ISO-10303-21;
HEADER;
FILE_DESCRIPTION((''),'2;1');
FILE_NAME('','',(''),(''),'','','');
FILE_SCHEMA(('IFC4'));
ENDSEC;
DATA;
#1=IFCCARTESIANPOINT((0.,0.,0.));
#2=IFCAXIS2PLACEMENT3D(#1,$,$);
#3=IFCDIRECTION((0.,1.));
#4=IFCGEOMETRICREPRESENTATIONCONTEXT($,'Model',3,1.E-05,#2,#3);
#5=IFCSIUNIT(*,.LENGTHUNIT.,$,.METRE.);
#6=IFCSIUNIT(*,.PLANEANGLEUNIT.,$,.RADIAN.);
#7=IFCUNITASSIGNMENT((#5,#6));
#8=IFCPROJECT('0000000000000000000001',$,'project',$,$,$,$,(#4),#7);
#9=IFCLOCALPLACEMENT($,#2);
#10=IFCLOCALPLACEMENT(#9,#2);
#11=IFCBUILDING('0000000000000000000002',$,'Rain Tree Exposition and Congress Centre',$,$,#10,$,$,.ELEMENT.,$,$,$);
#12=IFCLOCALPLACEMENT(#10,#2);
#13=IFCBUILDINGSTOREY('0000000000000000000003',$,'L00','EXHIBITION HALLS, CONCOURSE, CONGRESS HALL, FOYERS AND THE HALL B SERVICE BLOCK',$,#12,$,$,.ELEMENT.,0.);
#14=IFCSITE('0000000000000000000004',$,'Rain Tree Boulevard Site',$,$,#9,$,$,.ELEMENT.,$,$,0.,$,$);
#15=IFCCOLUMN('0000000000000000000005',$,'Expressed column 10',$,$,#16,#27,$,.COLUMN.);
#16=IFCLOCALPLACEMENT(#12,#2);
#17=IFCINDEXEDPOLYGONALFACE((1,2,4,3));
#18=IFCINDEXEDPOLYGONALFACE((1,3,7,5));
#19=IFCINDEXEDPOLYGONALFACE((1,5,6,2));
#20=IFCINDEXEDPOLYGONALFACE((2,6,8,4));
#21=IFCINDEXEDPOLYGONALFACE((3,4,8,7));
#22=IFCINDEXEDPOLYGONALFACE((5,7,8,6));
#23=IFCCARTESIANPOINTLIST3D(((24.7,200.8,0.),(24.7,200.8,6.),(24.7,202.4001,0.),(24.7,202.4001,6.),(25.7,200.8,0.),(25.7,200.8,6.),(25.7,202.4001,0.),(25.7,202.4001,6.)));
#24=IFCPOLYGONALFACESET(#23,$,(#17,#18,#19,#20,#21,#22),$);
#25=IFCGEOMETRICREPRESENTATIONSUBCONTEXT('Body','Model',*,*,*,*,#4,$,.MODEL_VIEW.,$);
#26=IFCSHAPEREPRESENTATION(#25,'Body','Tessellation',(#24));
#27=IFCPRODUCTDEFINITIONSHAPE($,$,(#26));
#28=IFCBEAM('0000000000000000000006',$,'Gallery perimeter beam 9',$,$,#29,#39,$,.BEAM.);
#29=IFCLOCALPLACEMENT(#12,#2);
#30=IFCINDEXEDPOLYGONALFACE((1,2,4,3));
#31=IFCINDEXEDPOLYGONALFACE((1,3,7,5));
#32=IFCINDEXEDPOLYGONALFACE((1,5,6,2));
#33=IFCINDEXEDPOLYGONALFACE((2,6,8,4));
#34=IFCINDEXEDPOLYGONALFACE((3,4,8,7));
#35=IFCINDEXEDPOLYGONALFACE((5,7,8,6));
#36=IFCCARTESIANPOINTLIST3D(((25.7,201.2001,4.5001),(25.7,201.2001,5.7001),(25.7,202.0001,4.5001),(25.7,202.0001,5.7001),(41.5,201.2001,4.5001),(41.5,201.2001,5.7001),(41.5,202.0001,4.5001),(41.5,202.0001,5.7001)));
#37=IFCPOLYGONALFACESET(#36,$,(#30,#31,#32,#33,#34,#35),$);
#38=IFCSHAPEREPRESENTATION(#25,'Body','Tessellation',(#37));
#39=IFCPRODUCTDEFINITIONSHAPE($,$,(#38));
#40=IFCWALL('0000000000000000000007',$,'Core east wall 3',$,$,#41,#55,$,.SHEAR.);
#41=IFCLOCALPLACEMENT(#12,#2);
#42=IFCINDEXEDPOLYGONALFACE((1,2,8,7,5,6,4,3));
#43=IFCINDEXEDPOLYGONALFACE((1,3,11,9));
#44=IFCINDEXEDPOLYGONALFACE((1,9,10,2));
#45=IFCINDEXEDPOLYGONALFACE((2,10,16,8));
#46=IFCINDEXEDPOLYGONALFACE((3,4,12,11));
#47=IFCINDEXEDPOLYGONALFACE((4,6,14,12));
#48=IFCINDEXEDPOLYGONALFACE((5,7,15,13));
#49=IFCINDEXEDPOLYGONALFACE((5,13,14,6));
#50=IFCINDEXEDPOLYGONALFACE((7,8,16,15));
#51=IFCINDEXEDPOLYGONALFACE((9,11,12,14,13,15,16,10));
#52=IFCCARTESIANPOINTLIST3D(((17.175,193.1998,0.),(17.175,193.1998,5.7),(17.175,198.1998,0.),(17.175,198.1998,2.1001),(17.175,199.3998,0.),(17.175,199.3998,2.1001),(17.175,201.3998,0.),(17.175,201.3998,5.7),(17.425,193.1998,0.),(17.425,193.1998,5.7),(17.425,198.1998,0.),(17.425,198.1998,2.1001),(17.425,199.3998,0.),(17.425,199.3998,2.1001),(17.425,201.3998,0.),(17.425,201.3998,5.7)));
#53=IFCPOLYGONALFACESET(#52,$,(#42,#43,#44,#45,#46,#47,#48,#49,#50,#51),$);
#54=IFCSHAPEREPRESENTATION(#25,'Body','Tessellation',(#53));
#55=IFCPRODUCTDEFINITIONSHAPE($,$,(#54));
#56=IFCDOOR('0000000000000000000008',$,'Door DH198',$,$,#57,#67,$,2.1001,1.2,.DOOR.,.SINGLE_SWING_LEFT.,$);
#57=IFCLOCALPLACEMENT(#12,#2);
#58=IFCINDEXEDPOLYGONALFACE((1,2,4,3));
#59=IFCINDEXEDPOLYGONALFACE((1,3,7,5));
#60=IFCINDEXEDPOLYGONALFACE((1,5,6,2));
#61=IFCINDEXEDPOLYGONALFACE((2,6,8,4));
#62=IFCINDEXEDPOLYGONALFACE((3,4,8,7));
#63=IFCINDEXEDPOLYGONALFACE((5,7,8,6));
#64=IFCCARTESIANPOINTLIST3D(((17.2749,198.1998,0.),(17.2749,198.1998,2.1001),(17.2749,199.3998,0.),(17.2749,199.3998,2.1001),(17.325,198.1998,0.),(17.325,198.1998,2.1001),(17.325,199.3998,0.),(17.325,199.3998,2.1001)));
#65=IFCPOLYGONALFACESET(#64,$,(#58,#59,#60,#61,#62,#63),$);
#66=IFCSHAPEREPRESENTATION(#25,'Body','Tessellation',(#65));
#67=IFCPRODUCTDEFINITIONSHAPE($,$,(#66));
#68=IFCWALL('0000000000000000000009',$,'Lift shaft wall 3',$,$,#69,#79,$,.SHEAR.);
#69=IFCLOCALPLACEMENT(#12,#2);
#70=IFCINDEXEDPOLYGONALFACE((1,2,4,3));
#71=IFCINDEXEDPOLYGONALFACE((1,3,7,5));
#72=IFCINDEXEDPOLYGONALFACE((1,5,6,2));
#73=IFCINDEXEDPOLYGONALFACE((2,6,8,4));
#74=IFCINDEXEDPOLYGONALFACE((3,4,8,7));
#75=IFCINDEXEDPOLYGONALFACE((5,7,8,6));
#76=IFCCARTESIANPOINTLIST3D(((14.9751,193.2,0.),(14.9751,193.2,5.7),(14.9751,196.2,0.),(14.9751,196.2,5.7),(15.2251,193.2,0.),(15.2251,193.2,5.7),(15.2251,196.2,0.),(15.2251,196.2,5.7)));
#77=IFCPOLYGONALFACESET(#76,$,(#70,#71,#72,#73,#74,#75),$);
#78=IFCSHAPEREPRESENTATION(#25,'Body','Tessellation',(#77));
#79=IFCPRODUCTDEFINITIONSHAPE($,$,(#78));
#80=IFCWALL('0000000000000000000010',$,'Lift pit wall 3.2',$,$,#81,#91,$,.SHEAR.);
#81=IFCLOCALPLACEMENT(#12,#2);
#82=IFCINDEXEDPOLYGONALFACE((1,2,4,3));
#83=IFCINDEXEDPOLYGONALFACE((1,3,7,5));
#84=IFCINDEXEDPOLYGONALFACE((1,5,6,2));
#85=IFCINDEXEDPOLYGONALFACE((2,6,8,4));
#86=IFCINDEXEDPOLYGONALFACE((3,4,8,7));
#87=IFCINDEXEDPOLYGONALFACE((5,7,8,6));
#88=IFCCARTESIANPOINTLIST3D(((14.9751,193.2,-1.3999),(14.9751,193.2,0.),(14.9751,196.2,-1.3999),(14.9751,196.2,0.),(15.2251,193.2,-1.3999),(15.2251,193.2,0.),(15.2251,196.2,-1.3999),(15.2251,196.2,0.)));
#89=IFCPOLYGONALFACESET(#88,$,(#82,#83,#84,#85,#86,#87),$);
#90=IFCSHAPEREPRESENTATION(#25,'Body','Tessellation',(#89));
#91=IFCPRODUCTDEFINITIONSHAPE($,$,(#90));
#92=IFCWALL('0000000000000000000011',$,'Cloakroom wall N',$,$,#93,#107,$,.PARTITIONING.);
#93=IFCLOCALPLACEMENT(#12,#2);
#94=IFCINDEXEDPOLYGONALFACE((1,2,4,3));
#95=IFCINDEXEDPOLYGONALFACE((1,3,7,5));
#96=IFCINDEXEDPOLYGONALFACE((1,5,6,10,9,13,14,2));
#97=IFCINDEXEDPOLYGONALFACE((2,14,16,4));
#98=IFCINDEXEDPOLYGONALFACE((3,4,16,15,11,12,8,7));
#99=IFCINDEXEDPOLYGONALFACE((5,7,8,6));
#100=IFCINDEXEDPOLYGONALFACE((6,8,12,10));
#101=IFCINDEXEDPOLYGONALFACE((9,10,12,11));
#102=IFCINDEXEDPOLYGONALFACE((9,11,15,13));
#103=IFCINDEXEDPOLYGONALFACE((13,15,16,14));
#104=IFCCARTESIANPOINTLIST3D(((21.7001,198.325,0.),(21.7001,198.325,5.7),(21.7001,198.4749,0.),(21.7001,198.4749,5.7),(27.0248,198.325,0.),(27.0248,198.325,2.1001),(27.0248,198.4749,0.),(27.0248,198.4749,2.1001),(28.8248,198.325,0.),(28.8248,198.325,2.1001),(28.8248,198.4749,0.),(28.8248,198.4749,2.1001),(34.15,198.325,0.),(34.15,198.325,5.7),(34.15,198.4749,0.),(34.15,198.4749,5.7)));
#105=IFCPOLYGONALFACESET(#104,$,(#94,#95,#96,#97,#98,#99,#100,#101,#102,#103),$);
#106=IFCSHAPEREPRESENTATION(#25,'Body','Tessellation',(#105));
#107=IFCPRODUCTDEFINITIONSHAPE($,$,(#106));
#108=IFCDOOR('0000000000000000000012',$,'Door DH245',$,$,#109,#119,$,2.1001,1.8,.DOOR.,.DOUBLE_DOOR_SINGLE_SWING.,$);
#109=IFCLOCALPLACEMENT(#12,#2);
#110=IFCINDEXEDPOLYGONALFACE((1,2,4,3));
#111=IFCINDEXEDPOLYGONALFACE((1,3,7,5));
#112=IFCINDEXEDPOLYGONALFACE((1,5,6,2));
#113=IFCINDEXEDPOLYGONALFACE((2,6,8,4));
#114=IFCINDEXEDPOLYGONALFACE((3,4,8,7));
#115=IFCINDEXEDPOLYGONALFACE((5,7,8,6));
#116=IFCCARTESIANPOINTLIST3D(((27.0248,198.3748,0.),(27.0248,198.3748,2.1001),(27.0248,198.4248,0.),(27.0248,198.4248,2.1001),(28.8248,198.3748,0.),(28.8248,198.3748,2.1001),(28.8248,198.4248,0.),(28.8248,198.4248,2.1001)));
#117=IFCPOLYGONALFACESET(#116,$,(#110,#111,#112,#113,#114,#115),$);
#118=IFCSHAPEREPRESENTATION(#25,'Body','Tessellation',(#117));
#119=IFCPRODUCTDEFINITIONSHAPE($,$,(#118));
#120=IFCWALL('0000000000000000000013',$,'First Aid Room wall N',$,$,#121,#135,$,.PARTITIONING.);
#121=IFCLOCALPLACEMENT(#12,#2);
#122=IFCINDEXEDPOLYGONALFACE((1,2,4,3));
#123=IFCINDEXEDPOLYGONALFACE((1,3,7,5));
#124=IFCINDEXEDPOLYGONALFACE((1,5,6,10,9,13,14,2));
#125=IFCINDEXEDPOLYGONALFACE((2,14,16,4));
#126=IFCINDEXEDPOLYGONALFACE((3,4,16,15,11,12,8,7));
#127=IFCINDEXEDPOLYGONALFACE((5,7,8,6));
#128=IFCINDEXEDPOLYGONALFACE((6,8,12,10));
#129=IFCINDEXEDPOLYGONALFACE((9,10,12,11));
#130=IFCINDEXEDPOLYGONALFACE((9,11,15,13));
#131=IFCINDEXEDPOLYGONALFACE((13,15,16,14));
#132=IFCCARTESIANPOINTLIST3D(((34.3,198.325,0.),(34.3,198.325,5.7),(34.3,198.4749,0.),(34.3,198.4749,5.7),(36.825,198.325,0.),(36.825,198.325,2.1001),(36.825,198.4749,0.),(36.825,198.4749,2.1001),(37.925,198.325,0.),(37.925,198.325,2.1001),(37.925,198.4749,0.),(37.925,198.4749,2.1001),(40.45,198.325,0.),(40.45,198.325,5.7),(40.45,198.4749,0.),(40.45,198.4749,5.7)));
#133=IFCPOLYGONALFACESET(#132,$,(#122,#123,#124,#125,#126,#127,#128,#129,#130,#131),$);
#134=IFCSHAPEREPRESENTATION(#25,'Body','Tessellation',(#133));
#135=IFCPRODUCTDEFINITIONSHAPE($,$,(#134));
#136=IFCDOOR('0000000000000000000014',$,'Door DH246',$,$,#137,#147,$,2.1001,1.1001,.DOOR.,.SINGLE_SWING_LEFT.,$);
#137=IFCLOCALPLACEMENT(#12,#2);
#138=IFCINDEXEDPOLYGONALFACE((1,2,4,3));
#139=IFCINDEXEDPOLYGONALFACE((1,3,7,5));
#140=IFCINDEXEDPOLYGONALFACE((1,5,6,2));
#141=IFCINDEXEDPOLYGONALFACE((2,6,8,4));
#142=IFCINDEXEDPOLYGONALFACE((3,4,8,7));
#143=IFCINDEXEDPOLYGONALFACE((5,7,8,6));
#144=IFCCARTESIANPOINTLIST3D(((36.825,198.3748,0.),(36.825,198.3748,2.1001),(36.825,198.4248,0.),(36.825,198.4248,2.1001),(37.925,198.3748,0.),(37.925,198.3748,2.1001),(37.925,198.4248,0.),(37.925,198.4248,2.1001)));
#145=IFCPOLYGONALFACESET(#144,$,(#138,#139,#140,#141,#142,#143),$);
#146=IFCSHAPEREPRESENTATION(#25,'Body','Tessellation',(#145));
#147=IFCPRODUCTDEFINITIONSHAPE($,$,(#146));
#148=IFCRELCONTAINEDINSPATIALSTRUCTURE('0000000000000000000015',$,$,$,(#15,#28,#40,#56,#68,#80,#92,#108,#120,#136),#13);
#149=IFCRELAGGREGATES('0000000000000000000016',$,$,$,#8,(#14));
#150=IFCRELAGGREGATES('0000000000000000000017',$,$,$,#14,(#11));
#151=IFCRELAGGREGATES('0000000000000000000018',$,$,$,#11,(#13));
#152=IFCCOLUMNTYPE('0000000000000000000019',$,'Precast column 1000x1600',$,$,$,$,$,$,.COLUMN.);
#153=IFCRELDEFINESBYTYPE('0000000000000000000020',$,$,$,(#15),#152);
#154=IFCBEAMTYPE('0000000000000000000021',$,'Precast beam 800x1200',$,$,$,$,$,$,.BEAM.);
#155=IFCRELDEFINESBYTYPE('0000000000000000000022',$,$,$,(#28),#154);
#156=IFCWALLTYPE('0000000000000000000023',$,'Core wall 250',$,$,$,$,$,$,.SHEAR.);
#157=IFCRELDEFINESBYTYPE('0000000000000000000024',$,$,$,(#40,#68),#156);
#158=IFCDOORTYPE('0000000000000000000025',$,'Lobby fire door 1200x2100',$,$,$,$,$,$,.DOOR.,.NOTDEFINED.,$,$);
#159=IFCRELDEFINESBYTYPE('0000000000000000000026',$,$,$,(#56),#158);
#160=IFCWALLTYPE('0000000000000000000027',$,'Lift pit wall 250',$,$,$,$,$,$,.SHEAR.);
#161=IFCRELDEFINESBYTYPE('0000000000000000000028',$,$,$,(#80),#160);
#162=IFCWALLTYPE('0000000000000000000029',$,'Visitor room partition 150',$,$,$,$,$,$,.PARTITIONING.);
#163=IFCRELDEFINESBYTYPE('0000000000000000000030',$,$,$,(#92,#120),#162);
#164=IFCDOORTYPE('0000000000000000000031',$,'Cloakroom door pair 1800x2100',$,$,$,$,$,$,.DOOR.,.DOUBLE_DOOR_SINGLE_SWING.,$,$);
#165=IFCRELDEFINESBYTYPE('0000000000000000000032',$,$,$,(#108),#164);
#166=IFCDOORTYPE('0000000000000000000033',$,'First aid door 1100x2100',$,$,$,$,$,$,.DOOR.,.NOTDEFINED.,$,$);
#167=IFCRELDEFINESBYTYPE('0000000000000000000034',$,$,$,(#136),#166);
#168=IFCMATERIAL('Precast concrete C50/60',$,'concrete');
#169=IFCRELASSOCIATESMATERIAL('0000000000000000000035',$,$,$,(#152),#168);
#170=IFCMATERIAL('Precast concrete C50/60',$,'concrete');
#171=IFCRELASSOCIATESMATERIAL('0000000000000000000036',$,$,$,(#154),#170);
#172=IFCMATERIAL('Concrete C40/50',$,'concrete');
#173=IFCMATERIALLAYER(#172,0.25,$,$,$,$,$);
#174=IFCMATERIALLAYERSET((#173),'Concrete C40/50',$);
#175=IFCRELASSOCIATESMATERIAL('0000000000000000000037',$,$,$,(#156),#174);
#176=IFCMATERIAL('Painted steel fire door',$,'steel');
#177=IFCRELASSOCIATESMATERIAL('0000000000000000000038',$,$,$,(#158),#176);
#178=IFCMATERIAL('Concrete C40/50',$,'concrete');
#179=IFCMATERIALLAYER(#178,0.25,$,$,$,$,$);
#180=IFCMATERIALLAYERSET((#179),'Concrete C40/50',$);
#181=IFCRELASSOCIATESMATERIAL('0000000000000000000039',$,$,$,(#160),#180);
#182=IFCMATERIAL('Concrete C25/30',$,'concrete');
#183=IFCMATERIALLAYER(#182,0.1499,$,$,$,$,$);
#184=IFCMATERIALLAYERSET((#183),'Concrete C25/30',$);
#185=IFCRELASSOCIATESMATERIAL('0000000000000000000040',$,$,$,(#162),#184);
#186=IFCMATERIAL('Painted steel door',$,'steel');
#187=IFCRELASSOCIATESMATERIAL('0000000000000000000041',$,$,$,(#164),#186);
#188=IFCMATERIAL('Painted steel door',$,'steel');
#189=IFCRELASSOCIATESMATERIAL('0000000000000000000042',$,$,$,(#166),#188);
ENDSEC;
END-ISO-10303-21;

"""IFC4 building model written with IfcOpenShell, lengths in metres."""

from ifc_helpers import new_model, si_unit, direction, frame, frame_2d, origin, origin_2d, place, context, subcontext, project, spatial, rectangle, extrude, material, layer, layer_set, material_profile, profile_set, type_object, element, fill, save


model = new_model("IFC4")

# Units and contexts
model_context = context("Model", 3, precision=1e-05, world=origin(), true_north=direction((0.0, 1.0)))
body_context = subcontext(model_context, "Body", "Model", "MODEL_VIEW")
ifc_project = project(units=[si_unit("LENGTHUNIT", "METRE"), si_unit("PLANEANGLEUNIT", "RADIAN")], contexts=[model_context])

# Site, building, storey
site_placement = place(None, origin())
site = spatial("IfcSite", under=ifc_project, at=site_placement, Name="Rain Tree Boulevard Site", CompositionType="ELEMENT", RefElevation=0.0)
building_placement = place(site_placement, origin())
building = spatial("IfcBuilding", under=site, at=building_placement, Name="Rain Tree Exposition and Congress Centre", CompositionType="ELEMENT")
storey_placement = place(building_placement, origin())
storey = spatial("IfcBuildingStorey", under=building, at=storey_placement, Name="L00", Description="EXHIBITION HALLS, CONCOURSE, CONGRESS HALL, FOYERS AND THE HALL B SERVICE BLOCK", CompositionType="ELEMENT", Elevation=0.0)

# Column
ifc_material_1 = material(Name="Precast concrete C50/60", Category="concrete")
ifc_material_profile_1 = material_profile(ifc_material_1, rectangle(XDim=1.0, YDim=1.6001, at=origin_2d()), Name="RC 1000x1600")
ifc_profile_set_1 = profile_set([ifc_material_profile_1], Name="Precast concrete C50/60")
column_type = type_object("IfcColumnType", Name="Precast column 1000x1600", PredefinedType="COLUMN", material=ifc_profile_set_1)
column_placement = place(storey_placement, frame((25.2, 201.6001, 0.0), z_axis=(0.0, 0.0, 1.0), x_axis=(1.0, 0.0, 0.0)))
element("IfcColumn", 1, at=column_placement, inside=storey, type_object=column_type, Name="Expressed column 10", PredefinedType="COLUMN", context=body_context, shape_type="SweptSolid", body=[
    extrude(rectangle(XDim=1.0, YDim=1.6001, at=origin_2d()), origin(), (0.0, 0.0, 1.0), 6.0),
])

# Beam
ifc_material_2 = material(Name="Precast concrete C50/60", Category="concrete")
ifc_material_profile_2 = material_profile(ifc_material_2, rectangle(XDim=0.8, YDim=1.2, at=origin_2d()), Name="RC 800x1200")
ifc_profile_set_2 = profile_set([ifc_material_profile_2], Name="Precast concrete C50/60")
beam_type = type_object("IfcBeamType", Name="Precast beam 800x1200", PredefinedType="BEAM", material=ifc_profile_set_2)
beam_placement = place(storey_placement, frame((25.7, 201.6001, 5.1001), z_axis=(1.0, 0.0, 0.0), x_axis=(0.0, 1.0, 0.0)))
element("IfcBeam", 2, at=beam_placement, inside=storey, type_object=beam_type, Name="Gallery perimeter beam 9", PredefinedType="BEAM", context=body_context, shape_type="SweptSolid", body=[
    extrude(rectangle(XDim=0.8, YDim=1.2, at=origin_2d()), origin(), (0.0, 0.0, 1.0), 15.8),
])

# Wall, opening, door
ifc_material_3 = material(Name="Concrete C40/50", Category="concrete")
ifc_layer_1 = layer(ifc_material_3, 0.25)
ifc_layer_set_1 = layer_set([ifc_layer_1], Name="Concrete C40/50")
wall_type_1 = type_object("IfcWallType", Name="Core wall 250", PredefinedType="SHEAR", material=ifc_layer_set_1)
wall_1_placement = place(storey_placement, frame((17.3, 201.3999, 0.0), z_axis=(0.0, 0.0, 1.0), x_axis=(0.0, -1.0, 0.0)))
wall_1 = element("IfcWall", 3, at=wall_1_placement, inside=storey, type_object=wall_type_1, Name="Core east wall 3", PredefinedType="SHEAR", context=body_context, shape_type="SweptSolid", body=[
    extrude(rectangle(XDim=8.2, YDim=0.25, at=frame_2d((4.1001, 0.0))), origin(), (0.0, 0.0, 1.0), 5.7),
])
opening_1_placement = place(wall_1_placement, frame((2.0, 0.0, 0.0)))
opening_1 = element("IfcOpeningElement", 4, at=opening_1_placement, cuts=wall_1, PredefinedType="OPENING", context=body_context, shape_type="SweptSolid", body=[
    extrude(rectangle(XDim=1.2, YDim=2.1001, at=frame_2d((0.6001, 1.05))), frame((0.0, 0.125, 0.0), z_axis=(0.0, -1.0, 0.0), x_axis=(1.0, 0.0, 0.0)), (0.0, 0.0, 1.0), 0.25),
])
ifc_material_4 = material(Name="Painted steel fire door", Category="steel")
door_type_1 = type_object("IfcDoorType", Name="Lobby fire door 1200x2100", OperationType="NOTDEFINED", PredefinedType="DOOR", material=ifc_material_4)
door_1_placement = place(opening_1_placement, origin())
door_1 = element("IfcDoor", 5, at=door_1_placement, inside=storey, type_object=door_type_1, Name="Door DH198", OperationType="SINGLE_SWING_LEFT", OverallHeight=2.1001, OverallWidth=1.2, PredefinedType="DOOR", context=body_context, shape_type="SweptSolid", body=[
    extrude(rectangle(XDim=1.2, YDim=2.1001, at=frame_2d((0.6001, 1.05))), frame((0.0, 0.0249, 0.0), z_axis=(0.0, -1.0, 0.0), x_axis=(1.0, 0.0, 0.0)), (0.0, 0.0, 1.0), 0.05),
])
fill(opening_1, door_1)

# Wall
wall_2_placement = place(storey_placement, frame((15.1001, 196.2, 0.0), z_axis=(0.0, 0.0, 1.0), x_axis=(0.0, -1.0, 0.0)))
element("IfcWall", 6, at=wall_2_placement, inside=storey, type_object=wall_type_1, Name="Lift shaft wall 3", PredefinedType="SHEAR", context=body_context, shape_type="SweptSolid", body=[
    extrude(rectangle(XDim=3.0, YDim=0.25, at=frame_2d((1.5, 0.0))), origin(), (0.0, 0.0, 1.0), 5.7),
])

# Wall
ifc_material_5 = material(Name="Concrete C40/50", Category="concrete")
ifc_layer_2 = layer(ifc_material_5, 0.25)
ifc_layer_set_2 = layer_set([ifc_layer_2], Name="Concrete C40/50")
wall_type_2 = type_object("IfcWallType", Name="Lift pit wall 250", PredefinedType="SHEAR", material=ifc_layer_set_2)
wall_3_placement = place(storey_placement, frame((15.1001, 196.2, -1.3999), z_axis=(0.0, 0.0, 1.0), x_axis=(0.0, -1.0, 0.0)))
element("IfcWall", 7, at=wall_3_placement, inside=storey, type_object=wall_type_2, Name="Lift pit wall 3.2", PredefinedType="SHEAR", context=body_context, shape_type="SweptSolid", body=[
    extrude(rectangle(XDim=3.0, YDim=0.25, at=frame_2d((1.5, 0.0))), origin(), (0.0, 0.0, 1.0), 1.3999),
])

# Walls, openings, doors
ifc_material_6 = material(Name="Concrete C25/30", Category="concrete")
ifc_layer_3 = layer(ifc_material_6, 0.1499)
ifc_layer_set_3 = layer_set([ifc_layer_3], Name="Concrete C25/30")
wall_type_3 = type_object("IfcWallType", Name="Visitor room partition 150", PredefinedType="PARTITIONING", material=ifc_layer_set_3)
wall_4_placement = place(storey_placement, frame((21.7, 198.3999, 0.0), z_axis=(0.0, 0.0, 1.0), x_axis=(1.0, 0.0, 0.0)))
wall_4 = element("IfcWall", 8, at=wall_4_placement, inside=storey, type_object=wall_type_3, Name="Cloakroom wall N", PredefinedType="PARTITIONING", context=body_context, shape_type="SweptSolid", body=[
    extrude(rectangle(XDim=12.45, YDim=0.1499, at=frame_2d((6.2251, 0.0))), origin(), (0.0, 0.0, 1.0), 5.7),
])
opening_2_placement = place(wall_4_placement, frame((5.325, 0.0, 0.0)))
opening_2 = element("IfcOpeningElement", 9, at=opening_2_placement, cuts=wall_4, PredefinedType="OPENING", context=body_context, shape_type="SweptSolid", body=[
    extrude(rectangle(XDim=1.8, YDim=2.1001, at=frame_2d((0.8999, 1.05))), frame((0.0, 0.075, 0.0), z_axis=(0.0, -1.0, 0.0), x_axis=(1.0, 0.0, 0.0)), (0.0, 0.0, 1.0), 0.1499),
])
ifc_material_7 = material(Name="Painted steel door", Category="steel")
door_type_2 = type_object("IfcDoorType", Name="Cloakroom door pair 1800x2100", OperationType="DOUBLE_DOOR_SINGLE_SWING", PredefinedType="DOOR", material=ifc_material_7)
door_2_placement = place(opening_2_placement, origin())
door_2 = element("IfcDoor", 10, at=door_2_placement, inside=storey, type_object=door_type_2, Name="Door DH245", OperationType="DOUBLE_DOOR_SINGLE_SWING", OverallHeight=2.1001, OverallWidth=1.8, PredefinedType="DOOR", context=body_context, shape_type="SweptSolid", body=[
    extrude(rectangle(XDim=1.8, YDim=2.1001, at=frame_2d((0.8999, 1.05))), frame((0.0, 0.0249, 0.0), z_axis=(0.0, -1.0, 0.0), x_axis=(1.0, 0.0, 0.0)), (0.0, 0.0, 1.0), 0.05),
])
fill(opening_2, door_2)
wall_5_placement = place(storey_placement, frame((34.3, 198.3999, 0.0), z_axis=(0.0, 0.0, 1.0), x_axis=(1.0, 0.0, 0.0)))
wall_5 = element("IfcWall", 11, at=wall_5_placement, inside=storey, type_object=wall_type_3, Name="First Aid Room wall N", PredefinedType="PARTITIONING", context=body_context, shape_type="SweptSolid", body=[
    extrude(rectangle(XDim=6.1499, YDim=0.1499, at=frame_2d((3.075, 0.0))), origin(), (0.0, 0.0, 1.0), 5.7),
])
opening_3_placement = place(wall_5_placement, frame((2.5249, 0.0, 0.0)))
opening_3 = element("IfcOpeningElement", 12, at=opening_3_placement, cuts=wall_5, PredefinedType="OPENING", context=body_context, shape_type="SweptSolid", body=[
    extrude(rectangle(XDim=1.1001, YDim=2.1001, at=frame_2d((0.55, 1.05))), frame((0.0, 0.075, 0.0), z_axis=(0.0, -1.0, 0.0), x_axis=(1.0, 0.0, 0.0)), (0.0, 0.0, 1.0), 0.1499),
])
ifc_material_8 = material(Name="Painted steel door", Category="steel")
door_type_3 = type_object("IfcDoorType", Name="First aid door 1100x2100", OperationType="NOTDEFINED", PredefinedType="DOOR", material=ifc_material_8)
door_3_placement = place(opening_3_placement, origin())
door_3 = element("IfcDoor", 13, at=door_3_placement, inside=storey, type_object=door_type_3, Name="Door DH246", OperationType="SINGLE_SWING_LEFT", OverallHeight=2.1001, OverallWidth=1.1001, PredefinedType="DOOR", context=body_context, shape_type="SweptSolid", body=[
    extrude(rectangle(XDim=1.1001, YDim=2.1001, at=frame_2d((0.55, 1.05))), frame((0.0, 0.0249, 0.0), z_axis=(0.0, -1.0, 0.0), x_axis=(1.0, 0.0, 0.0)), (0.0, 0.0, 1.0), 0.05),
])
fill(opening_3, door_3)

save(model, "model.ifc")
